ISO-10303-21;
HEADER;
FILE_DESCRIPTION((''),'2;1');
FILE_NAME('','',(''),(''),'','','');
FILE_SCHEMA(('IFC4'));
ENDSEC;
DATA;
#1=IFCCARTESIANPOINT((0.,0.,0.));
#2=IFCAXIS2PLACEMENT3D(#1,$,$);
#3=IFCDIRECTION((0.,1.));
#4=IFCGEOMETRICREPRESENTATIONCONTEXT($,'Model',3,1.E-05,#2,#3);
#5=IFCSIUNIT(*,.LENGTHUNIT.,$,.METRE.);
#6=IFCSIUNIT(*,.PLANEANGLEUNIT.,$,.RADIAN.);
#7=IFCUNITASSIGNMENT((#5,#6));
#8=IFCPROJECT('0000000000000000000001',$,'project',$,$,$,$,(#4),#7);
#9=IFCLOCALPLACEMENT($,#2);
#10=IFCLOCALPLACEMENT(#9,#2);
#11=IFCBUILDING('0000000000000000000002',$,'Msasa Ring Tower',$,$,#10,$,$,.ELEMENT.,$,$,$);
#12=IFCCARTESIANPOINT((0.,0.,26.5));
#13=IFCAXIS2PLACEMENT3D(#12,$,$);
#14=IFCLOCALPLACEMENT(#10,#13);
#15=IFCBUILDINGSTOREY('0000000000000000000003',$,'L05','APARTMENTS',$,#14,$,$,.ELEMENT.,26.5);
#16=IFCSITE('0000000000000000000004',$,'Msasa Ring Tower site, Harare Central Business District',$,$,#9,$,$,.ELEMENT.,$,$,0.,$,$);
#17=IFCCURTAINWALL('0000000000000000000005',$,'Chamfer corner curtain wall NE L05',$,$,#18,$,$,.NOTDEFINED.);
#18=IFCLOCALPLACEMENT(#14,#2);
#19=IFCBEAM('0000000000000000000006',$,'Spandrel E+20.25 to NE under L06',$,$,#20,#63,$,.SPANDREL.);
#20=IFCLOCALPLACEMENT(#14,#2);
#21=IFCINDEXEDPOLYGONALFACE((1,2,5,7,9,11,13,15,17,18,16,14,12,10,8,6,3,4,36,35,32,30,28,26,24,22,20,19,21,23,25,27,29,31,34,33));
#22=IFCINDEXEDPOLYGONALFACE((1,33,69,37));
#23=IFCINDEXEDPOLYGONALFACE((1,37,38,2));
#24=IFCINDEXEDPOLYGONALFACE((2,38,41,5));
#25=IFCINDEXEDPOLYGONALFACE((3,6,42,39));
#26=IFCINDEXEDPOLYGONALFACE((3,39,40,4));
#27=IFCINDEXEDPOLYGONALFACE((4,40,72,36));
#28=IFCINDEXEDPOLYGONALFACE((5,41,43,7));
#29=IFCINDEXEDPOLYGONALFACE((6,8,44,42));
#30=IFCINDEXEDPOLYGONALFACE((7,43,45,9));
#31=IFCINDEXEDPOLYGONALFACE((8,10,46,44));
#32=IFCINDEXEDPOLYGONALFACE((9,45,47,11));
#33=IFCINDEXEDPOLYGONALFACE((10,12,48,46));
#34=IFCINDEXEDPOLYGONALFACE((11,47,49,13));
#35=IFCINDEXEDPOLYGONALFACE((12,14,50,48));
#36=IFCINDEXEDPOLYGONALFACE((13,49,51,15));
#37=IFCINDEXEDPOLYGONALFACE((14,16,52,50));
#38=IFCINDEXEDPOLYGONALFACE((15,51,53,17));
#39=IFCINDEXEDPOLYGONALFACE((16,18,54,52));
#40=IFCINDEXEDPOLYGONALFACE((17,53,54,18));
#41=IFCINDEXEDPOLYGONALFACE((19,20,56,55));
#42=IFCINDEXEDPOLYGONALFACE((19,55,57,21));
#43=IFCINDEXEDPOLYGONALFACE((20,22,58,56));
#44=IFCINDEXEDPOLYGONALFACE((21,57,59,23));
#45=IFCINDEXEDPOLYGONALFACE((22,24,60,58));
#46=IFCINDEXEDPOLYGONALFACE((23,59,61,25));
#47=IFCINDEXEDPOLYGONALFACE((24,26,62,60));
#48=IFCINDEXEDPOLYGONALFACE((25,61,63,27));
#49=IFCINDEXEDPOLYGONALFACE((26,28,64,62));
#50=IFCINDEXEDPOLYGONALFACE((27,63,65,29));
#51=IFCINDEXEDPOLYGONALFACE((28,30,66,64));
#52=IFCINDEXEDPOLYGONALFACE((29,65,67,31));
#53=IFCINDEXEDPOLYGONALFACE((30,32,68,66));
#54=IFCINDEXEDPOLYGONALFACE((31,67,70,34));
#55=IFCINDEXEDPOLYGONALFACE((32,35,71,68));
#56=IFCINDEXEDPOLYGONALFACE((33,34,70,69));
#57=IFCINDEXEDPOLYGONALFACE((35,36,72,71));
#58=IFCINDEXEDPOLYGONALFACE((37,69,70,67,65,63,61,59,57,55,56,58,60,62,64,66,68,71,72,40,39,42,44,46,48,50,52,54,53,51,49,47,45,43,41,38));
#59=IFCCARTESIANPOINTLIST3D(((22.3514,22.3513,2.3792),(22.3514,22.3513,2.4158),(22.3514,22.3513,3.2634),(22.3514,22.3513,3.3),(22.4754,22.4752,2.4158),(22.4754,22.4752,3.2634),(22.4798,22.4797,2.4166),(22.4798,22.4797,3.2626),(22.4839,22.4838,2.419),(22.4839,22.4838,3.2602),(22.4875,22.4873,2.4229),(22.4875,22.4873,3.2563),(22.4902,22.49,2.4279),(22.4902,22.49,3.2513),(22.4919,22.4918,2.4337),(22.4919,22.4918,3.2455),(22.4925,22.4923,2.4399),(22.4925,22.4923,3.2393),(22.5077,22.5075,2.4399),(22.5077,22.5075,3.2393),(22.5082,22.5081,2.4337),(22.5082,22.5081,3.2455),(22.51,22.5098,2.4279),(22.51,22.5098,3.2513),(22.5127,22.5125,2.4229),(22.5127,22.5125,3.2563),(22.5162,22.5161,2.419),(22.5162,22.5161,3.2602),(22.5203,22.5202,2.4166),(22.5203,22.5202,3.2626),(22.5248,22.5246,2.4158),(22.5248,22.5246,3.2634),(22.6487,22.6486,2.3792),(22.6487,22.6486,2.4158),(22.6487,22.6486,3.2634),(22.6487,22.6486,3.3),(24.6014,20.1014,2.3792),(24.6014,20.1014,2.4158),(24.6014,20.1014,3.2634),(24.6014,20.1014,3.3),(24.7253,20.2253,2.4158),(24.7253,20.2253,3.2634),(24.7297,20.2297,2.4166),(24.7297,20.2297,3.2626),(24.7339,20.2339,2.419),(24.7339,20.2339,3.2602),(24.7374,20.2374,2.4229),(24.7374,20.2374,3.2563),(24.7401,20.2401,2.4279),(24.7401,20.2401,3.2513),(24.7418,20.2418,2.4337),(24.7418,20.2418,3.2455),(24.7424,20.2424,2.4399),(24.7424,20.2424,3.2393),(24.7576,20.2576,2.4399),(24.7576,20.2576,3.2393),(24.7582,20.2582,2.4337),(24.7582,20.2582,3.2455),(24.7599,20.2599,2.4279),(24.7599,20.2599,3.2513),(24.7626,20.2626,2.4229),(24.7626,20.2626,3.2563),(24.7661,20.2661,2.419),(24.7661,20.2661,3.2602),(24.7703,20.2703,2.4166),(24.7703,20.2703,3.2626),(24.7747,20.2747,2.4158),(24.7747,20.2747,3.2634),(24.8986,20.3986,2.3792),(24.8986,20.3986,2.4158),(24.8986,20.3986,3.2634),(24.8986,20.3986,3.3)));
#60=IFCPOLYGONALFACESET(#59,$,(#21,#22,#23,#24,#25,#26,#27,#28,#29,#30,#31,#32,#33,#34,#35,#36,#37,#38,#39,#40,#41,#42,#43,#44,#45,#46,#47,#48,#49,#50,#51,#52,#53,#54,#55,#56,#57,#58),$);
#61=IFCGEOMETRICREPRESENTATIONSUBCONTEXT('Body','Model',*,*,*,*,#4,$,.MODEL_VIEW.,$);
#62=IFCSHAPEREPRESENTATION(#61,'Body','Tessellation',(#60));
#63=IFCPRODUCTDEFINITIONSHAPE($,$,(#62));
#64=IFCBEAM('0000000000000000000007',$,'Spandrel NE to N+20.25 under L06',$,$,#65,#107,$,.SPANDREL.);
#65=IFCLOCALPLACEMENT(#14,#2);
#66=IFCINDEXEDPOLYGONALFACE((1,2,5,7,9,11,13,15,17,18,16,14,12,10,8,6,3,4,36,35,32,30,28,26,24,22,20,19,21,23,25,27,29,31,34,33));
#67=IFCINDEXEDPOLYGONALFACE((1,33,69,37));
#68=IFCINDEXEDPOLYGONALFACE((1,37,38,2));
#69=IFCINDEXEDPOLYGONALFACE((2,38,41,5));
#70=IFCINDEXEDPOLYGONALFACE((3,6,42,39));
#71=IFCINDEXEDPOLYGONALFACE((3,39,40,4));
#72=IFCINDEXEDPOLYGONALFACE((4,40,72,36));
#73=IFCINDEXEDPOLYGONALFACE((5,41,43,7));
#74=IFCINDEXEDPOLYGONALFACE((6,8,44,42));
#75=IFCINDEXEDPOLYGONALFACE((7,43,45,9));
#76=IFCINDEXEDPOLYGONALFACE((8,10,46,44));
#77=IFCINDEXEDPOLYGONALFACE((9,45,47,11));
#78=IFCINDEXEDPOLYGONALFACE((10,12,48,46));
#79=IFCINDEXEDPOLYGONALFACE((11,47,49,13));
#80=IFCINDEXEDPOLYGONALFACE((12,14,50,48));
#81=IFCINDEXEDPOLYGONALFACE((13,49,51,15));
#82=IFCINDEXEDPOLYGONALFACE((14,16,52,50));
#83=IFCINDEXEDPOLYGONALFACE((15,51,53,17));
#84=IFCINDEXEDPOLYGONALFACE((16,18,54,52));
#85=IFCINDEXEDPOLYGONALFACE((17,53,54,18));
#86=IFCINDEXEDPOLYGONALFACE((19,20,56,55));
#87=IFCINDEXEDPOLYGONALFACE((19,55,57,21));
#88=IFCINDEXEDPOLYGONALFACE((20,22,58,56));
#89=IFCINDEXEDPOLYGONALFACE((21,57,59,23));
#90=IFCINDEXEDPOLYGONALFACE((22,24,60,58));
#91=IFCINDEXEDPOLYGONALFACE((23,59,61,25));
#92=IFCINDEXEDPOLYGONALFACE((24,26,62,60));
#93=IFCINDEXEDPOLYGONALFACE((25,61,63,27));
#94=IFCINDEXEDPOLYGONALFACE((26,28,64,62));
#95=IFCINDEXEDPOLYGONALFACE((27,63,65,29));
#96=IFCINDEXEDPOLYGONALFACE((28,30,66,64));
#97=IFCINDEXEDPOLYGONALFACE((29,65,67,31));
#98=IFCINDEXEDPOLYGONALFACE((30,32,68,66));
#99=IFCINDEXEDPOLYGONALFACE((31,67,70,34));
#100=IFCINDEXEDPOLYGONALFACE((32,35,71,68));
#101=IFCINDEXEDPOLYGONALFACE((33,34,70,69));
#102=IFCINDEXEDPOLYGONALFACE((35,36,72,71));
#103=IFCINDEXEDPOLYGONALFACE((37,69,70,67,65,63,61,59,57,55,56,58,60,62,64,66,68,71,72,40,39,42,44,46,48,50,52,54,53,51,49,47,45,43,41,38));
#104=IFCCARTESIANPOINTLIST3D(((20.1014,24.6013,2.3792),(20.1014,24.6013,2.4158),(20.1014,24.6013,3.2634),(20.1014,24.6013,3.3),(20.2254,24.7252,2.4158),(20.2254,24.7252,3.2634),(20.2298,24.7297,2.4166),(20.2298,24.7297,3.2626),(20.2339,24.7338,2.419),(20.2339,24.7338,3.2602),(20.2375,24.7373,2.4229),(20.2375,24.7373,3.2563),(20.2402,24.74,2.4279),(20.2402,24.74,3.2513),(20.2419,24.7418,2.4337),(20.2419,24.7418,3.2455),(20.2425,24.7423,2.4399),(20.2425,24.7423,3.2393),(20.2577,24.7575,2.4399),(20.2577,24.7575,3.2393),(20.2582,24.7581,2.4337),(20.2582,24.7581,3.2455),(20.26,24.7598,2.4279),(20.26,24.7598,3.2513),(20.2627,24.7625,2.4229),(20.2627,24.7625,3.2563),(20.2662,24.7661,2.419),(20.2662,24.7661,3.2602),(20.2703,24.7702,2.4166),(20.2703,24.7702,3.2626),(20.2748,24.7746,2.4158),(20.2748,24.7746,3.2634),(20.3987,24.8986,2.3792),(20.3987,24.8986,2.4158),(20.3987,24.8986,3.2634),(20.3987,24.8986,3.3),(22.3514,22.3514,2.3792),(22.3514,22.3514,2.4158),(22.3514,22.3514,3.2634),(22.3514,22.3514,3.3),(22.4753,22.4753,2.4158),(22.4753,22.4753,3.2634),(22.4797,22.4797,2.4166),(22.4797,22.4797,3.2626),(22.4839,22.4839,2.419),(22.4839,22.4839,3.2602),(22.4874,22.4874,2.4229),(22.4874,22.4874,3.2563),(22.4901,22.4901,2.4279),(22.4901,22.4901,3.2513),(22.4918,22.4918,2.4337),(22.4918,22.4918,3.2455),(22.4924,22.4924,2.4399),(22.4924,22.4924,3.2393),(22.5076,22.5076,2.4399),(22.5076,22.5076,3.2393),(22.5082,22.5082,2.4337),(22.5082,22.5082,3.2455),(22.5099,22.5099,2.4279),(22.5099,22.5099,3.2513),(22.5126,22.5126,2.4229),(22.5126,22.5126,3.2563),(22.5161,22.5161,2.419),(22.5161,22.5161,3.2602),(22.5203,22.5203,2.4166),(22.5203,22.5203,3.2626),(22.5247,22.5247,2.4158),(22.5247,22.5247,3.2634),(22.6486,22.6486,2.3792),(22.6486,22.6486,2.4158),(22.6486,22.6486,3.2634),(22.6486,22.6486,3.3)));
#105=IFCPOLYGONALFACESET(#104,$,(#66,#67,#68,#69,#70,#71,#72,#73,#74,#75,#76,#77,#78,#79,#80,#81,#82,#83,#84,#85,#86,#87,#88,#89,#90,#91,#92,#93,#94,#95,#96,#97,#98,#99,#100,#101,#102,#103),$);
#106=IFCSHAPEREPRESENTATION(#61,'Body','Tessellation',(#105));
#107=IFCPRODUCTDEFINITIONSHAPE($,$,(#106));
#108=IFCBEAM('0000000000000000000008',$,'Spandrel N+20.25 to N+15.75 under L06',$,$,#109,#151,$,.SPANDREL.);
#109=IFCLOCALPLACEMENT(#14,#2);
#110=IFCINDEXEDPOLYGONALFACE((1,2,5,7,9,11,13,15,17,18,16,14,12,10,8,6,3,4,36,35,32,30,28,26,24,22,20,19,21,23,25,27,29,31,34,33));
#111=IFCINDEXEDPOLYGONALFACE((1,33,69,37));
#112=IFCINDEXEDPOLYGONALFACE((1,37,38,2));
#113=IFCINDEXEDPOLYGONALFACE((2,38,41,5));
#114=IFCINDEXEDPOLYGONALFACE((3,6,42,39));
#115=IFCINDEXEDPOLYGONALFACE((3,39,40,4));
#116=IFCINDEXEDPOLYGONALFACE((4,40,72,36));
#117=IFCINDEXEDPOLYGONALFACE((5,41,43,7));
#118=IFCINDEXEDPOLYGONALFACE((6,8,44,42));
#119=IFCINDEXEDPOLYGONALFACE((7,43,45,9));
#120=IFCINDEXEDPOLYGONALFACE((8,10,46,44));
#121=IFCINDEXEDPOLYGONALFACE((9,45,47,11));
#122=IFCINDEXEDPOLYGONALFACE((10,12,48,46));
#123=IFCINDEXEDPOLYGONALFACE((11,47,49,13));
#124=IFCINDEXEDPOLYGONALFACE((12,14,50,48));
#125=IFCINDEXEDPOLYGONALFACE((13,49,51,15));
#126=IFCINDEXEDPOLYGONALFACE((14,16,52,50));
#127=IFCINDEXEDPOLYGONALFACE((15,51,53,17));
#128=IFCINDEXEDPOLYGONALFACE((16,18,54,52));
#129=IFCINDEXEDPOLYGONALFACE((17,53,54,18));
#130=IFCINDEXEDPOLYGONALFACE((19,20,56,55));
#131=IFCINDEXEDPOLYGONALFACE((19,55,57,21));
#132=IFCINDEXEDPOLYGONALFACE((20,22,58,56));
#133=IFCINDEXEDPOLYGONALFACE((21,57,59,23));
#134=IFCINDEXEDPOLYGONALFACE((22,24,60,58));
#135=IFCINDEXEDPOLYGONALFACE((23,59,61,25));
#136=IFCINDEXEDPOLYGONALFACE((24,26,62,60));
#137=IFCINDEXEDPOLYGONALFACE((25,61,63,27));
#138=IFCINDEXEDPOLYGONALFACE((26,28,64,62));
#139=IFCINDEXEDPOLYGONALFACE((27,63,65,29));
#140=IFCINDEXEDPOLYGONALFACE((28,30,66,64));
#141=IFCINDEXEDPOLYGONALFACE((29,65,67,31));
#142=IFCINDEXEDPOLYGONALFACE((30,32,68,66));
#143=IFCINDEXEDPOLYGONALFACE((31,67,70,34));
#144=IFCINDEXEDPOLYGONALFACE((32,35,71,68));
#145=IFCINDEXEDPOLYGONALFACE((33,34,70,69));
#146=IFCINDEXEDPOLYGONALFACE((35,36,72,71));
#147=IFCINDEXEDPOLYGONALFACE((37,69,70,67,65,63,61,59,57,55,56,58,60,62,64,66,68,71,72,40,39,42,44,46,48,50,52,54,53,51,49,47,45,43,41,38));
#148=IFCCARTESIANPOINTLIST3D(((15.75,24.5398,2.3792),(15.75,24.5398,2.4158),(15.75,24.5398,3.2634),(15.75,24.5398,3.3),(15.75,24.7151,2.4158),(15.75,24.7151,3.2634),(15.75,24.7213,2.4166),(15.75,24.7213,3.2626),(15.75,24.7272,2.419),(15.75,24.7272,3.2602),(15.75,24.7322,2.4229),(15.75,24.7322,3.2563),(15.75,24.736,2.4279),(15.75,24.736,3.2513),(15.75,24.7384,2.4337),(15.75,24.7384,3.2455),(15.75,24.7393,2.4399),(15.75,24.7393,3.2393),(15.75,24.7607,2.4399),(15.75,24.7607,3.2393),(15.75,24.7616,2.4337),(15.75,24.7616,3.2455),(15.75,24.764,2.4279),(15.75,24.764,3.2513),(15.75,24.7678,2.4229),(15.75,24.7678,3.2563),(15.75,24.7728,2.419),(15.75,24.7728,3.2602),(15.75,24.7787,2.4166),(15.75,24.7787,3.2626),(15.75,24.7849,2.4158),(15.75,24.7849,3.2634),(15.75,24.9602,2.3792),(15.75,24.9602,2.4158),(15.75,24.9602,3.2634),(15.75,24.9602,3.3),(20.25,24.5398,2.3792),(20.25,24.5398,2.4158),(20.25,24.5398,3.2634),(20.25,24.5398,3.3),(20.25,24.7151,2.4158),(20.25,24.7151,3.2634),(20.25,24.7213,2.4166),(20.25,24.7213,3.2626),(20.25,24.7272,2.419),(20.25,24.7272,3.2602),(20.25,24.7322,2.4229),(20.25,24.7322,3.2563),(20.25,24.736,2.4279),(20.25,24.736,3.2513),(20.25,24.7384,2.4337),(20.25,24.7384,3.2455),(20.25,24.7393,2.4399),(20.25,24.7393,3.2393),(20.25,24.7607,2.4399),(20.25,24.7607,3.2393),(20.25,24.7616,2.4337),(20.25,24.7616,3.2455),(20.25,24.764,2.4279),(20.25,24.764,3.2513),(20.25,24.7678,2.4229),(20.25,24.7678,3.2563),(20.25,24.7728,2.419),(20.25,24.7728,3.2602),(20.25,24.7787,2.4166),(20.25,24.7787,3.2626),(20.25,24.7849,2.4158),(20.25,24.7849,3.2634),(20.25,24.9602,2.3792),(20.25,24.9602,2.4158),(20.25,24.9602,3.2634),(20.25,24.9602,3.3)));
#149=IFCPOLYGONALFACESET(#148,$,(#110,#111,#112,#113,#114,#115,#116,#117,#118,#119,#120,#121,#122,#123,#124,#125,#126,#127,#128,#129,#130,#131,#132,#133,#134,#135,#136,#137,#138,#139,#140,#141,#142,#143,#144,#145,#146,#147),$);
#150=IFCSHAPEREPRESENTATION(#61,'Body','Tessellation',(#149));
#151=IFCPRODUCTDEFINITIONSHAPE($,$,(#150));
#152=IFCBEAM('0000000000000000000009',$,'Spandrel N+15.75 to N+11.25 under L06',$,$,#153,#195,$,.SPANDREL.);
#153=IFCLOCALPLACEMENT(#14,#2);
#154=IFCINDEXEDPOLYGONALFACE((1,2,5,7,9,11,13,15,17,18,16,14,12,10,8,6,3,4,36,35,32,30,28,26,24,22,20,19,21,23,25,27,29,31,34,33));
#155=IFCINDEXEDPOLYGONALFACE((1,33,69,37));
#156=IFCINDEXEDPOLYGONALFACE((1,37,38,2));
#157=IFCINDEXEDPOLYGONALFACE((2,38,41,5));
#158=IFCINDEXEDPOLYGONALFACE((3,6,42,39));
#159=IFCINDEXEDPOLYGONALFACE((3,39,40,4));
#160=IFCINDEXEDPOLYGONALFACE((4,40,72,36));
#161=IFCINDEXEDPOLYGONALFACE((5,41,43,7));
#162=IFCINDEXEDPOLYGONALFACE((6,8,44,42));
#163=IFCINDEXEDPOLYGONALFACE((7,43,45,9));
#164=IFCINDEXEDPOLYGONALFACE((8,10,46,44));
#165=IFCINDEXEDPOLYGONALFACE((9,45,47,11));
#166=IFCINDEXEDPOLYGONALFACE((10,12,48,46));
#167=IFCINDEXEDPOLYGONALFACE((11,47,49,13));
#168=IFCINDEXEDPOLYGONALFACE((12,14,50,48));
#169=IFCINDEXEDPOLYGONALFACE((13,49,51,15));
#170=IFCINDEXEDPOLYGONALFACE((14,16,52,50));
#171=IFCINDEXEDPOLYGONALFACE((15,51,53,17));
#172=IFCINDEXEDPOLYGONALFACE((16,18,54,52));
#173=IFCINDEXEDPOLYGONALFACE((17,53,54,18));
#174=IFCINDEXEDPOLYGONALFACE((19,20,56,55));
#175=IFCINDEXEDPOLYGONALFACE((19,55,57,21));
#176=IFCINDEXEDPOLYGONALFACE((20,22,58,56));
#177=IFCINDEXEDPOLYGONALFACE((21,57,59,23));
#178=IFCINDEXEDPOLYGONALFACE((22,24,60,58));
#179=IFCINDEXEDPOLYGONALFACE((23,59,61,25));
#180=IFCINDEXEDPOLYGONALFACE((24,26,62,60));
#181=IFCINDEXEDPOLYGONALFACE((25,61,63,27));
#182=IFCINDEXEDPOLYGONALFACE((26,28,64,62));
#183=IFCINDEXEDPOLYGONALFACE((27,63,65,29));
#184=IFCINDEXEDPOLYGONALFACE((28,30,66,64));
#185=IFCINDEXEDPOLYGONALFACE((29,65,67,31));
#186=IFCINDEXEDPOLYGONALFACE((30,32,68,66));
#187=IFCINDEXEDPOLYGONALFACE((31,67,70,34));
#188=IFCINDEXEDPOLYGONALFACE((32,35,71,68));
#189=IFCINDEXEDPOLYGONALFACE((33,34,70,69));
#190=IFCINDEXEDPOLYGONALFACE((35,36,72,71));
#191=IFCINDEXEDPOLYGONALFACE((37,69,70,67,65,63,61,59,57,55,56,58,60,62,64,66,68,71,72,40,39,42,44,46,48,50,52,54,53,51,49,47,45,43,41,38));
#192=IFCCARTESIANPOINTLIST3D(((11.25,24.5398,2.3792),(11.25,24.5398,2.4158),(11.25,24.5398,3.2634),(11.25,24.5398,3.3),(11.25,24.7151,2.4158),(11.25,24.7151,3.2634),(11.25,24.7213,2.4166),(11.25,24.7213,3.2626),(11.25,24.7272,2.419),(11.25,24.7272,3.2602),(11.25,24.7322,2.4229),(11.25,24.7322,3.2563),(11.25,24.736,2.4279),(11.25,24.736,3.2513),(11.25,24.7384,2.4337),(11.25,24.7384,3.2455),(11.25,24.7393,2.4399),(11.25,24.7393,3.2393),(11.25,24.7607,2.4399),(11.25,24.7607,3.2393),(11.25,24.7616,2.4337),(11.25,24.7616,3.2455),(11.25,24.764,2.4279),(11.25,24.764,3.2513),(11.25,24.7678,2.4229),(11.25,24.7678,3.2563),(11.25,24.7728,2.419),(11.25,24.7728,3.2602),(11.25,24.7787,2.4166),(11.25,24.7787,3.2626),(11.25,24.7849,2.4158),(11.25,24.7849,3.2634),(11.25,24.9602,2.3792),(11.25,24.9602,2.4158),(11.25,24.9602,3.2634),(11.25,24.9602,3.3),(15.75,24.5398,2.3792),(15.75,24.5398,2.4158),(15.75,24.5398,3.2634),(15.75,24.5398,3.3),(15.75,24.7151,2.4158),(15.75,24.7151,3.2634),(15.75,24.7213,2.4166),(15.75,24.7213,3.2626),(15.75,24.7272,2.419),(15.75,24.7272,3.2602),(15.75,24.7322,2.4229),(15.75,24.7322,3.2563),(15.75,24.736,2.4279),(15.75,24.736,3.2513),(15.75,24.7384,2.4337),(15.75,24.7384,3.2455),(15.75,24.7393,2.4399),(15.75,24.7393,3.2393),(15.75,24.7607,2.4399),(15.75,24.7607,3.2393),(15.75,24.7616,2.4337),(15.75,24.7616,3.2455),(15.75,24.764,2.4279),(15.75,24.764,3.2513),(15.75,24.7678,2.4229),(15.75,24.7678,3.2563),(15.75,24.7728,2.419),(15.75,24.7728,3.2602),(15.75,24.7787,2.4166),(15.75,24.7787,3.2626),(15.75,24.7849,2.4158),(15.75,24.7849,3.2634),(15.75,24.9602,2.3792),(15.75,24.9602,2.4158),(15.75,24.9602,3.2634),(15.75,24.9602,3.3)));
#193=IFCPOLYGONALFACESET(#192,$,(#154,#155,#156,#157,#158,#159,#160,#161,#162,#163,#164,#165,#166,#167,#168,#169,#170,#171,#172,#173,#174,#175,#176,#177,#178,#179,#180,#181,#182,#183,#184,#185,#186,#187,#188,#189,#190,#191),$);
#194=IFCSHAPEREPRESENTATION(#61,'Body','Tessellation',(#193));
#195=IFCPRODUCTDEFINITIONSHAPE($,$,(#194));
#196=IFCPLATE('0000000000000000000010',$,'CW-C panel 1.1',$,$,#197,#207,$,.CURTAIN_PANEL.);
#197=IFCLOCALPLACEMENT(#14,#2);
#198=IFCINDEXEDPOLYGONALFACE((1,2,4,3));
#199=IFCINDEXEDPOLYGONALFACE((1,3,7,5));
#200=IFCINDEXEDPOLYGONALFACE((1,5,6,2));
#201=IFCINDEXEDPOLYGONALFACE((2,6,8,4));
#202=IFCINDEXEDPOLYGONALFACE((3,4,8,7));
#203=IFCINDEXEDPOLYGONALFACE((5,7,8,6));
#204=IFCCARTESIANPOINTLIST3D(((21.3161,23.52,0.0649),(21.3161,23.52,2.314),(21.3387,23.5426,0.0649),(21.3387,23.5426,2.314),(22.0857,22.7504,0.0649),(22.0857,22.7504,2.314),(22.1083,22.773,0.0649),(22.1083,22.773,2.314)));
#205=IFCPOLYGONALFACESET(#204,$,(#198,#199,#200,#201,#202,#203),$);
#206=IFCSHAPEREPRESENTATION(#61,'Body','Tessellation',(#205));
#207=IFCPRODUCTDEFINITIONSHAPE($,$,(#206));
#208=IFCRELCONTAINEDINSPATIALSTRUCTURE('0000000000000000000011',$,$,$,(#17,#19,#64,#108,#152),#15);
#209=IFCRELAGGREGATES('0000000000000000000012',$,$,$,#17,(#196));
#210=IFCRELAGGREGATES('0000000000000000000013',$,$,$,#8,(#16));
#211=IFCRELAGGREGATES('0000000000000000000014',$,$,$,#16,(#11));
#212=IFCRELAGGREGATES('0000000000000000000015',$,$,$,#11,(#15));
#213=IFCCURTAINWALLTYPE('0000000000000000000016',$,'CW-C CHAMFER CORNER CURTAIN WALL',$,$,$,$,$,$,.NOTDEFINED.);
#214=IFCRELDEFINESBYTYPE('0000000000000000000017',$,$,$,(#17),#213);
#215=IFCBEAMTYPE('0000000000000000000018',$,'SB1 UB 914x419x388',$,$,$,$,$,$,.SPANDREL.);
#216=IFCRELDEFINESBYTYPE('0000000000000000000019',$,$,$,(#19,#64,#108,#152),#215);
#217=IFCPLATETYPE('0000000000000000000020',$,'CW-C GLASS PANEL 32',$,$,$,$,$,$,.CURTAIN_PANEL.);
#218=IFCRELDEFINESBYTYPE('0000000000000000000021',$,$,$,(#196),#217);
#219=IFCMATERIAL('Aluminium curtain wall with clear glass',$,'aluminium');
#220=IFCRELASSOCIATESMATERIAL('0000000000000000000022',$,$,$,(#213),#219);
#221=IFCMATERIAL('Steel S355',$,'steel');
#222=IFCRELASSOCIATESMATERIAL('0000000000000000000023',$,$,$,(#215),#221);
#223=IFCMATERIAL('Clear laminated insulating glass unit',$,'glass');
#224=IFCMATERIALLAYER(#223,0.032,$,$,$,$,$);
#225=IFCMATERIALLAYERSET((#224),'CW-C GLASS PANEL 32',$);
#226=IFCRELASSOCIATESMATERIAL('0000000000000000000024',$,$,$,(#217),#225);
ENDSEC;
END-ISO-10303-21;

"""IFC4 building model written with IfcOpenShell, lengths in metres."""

from ifc_helpers import new_model, si_unit, direction, frame, origin, origin_2d, place, context, subcontext, project, spatial, rectangle, i_section, extrude, material, layer, layer_set, material_profile, profile_set, type_object, element, aggregate, save


model = new_model("IFC4")

# Units and contexts
model_context = context("Model", 3, precision=1e-05, world=origin(), true_north=direction((0.0, 1.0)))
body_context = subcontext(model_context, "Body", "Model", "MODEL_VIEW")
ifc_project = project(units=[si_unit("LENGTHUNIT", "METRE"), si_unit("PLANEANGLEUNIT", "RADIAN")], contexts=[model_context])

# Site, building, storey
site_placement = place(None, origin())
site = spatial("IfcSite", under=ifc_project, at=site_placement, Name="Msasa Ring Tower site, Harare Central Business District", CompositionType="ELEMENT", RefElevation=0.0)
building_placement = place(site_placement, origin())
building = spatial("IfcBuilding", under=site, at=building_placement, Name="Msasa Ring Tower", CompositionType="ELEMENT")
storey_placement = place(building_placement, frame((0.0, 0.0, 26.5)))
storey = spatial("IfcBuildingStorey", under=building, at=storey_placement, Name="L05", Description="APARTMENTS", CompositionType="ELEMENT", Elevation=26.5)

# Curtain wall
ifc_material_1 = material(Name="Aluminium curtain wall with clear glass", Category="aluminium")
curtain_wall_type = type_object("IfcCurtainWallType", Name="CW-C CHAMFER CORNER CURTAIN WALL", PredefinedType="NOTDEFINED", material=ifc_material_1)
curtain_wall_1_placement = place(storey_placement, origin())
curtain_wall_1 = element("IfcCurtainWall", 1, at=curtain_wall_1_placement, inside=storey, type_object=curtain_wall_type, Name="Chamfer corner curtain wall NE L05", PredefinedType="NOTDEFINED")

# Beams
ifc_material_2 = material(Name="Steel S355", Category="steel")
ifc_material_profile_1 = material_profile(ifc_material_2, i_section(OverallWidth=0.4204, OverallDepth=0.9209, WebThickness=0.0215, FlangeThickness=0.0366, FilletRadius=0.0242, at=origin_2d()), Name="UB 914x419x388")
ifc_profile_set_1 = profile_set([ifc_material_profile_1], Name="Steel S355")
beam_type_1 = type_object("IfcBeamType", Name="SB1 UB 914x419x388", PredefinedType="SPANDREL", material=ifc_profile_set_1)
for number, where, z_axis, x_axis, name in (
    (2, (24.75, 20.25, 2.8396), (-0.707107, 0.707107, 0.0), (-0.707107, -0.707107, 0.0), "Spandrel E+20.25 to NE under L06"),
    (3, (22.5, 22.5, 2.8396), (-0.707107, 0.707107, 0.0), (-0.707107, -0.707107, 0.0), "Spandrel NE to N+20.25 under L06"),
):
    element("IfcBeam", number, at=place(storey_placement, frame(where, z_axis=z_axis, x_axis=x_axis)), inside=storey, type_object=beam_type_1, Name=name, PredefinedType="SPANDREL", context=body_context, shape_type="SweptSolid", body=[
        extrude(i_section(OverallWidth=0.4204, OverallDepth=0.9209, WebThickness=0.0215, FlangeThickness=0.0366, FilletRadius=0.0242, at=origin_2d()), origin(), (0.0, 0.0, 1.0), 3.1819),
    ])
for number, where, z_axis, x_axis, name in (
    (4, (20.25, 24.75, 2.8396), (-1.0, 0.0, 0.0), (0.0, -1.0, 0.0), "Spandrel N+20.25 to N+15.75 under L06"),
    (5, (15.75, 24.75, 2.8396), (-1.0, 0.0, 0.0), (0.0, -1.0, 0.0), "Spandrel N+15.75 to N+11.25 under L06"),
):
    element("IfcBeam", number, at=place(storey_placement, frame(where, z_axis=z_axis, x_axis=x_axis)), inside=storey, type_object=beam_type_1, Name=name, PredefinedType="SPANDREL", context=body_context, shape_type="SweptSolid", body=[
        extrude(i_section(OverallWidth=0.4204, OverallDepth=0.9209, WebThickness=0.0215, FlangeThickness=0.0366, FilletRadius=0.0242, at=origin_2d()), origin(), (0.0, 0.0, 1.0), 4.5),
    ])

# Plate
ifc_material_3 = material(Name="Clear laminated insulating glass unit", Category="glass")
ifc_layer_1 = layer(ifc_material_3, 0.032)
ifc_layer_set_1 = layer_set([ifc_layer_1], Name="CW-C GLASS PANEL 32")
plate_type = type_object("IfcPlateType", Name="CW-C GLASS PANEL 32", PredefinedType="CURTAIN_PANEL", material=ifc_layer_set_1)
plate_1_placement = place(storey_placement, frame((21.7122, 23.1465, 0.0649), z_axis=(0.0, 0.0, 1.0), x_axis=(-0.707107, 0.707107, 0.0)))
plate_1 = element("IfcPlate", 6, at=plate_1_placement, type_object=plate_type, Name="CW-C panel 1.1", PredefinedType="CURTAIN_PANEL", context=body_context, shape_type="SweptSolid", body=[
    extrude(rectangle(XDim=1.0884, YDim=0.032, at=origin_2d()), origin(), (0.0, 0.0, 1.0), 2.249),
])
aggregate(curtain_wall_1, [plate_1])

save(model, "model.ifc")
